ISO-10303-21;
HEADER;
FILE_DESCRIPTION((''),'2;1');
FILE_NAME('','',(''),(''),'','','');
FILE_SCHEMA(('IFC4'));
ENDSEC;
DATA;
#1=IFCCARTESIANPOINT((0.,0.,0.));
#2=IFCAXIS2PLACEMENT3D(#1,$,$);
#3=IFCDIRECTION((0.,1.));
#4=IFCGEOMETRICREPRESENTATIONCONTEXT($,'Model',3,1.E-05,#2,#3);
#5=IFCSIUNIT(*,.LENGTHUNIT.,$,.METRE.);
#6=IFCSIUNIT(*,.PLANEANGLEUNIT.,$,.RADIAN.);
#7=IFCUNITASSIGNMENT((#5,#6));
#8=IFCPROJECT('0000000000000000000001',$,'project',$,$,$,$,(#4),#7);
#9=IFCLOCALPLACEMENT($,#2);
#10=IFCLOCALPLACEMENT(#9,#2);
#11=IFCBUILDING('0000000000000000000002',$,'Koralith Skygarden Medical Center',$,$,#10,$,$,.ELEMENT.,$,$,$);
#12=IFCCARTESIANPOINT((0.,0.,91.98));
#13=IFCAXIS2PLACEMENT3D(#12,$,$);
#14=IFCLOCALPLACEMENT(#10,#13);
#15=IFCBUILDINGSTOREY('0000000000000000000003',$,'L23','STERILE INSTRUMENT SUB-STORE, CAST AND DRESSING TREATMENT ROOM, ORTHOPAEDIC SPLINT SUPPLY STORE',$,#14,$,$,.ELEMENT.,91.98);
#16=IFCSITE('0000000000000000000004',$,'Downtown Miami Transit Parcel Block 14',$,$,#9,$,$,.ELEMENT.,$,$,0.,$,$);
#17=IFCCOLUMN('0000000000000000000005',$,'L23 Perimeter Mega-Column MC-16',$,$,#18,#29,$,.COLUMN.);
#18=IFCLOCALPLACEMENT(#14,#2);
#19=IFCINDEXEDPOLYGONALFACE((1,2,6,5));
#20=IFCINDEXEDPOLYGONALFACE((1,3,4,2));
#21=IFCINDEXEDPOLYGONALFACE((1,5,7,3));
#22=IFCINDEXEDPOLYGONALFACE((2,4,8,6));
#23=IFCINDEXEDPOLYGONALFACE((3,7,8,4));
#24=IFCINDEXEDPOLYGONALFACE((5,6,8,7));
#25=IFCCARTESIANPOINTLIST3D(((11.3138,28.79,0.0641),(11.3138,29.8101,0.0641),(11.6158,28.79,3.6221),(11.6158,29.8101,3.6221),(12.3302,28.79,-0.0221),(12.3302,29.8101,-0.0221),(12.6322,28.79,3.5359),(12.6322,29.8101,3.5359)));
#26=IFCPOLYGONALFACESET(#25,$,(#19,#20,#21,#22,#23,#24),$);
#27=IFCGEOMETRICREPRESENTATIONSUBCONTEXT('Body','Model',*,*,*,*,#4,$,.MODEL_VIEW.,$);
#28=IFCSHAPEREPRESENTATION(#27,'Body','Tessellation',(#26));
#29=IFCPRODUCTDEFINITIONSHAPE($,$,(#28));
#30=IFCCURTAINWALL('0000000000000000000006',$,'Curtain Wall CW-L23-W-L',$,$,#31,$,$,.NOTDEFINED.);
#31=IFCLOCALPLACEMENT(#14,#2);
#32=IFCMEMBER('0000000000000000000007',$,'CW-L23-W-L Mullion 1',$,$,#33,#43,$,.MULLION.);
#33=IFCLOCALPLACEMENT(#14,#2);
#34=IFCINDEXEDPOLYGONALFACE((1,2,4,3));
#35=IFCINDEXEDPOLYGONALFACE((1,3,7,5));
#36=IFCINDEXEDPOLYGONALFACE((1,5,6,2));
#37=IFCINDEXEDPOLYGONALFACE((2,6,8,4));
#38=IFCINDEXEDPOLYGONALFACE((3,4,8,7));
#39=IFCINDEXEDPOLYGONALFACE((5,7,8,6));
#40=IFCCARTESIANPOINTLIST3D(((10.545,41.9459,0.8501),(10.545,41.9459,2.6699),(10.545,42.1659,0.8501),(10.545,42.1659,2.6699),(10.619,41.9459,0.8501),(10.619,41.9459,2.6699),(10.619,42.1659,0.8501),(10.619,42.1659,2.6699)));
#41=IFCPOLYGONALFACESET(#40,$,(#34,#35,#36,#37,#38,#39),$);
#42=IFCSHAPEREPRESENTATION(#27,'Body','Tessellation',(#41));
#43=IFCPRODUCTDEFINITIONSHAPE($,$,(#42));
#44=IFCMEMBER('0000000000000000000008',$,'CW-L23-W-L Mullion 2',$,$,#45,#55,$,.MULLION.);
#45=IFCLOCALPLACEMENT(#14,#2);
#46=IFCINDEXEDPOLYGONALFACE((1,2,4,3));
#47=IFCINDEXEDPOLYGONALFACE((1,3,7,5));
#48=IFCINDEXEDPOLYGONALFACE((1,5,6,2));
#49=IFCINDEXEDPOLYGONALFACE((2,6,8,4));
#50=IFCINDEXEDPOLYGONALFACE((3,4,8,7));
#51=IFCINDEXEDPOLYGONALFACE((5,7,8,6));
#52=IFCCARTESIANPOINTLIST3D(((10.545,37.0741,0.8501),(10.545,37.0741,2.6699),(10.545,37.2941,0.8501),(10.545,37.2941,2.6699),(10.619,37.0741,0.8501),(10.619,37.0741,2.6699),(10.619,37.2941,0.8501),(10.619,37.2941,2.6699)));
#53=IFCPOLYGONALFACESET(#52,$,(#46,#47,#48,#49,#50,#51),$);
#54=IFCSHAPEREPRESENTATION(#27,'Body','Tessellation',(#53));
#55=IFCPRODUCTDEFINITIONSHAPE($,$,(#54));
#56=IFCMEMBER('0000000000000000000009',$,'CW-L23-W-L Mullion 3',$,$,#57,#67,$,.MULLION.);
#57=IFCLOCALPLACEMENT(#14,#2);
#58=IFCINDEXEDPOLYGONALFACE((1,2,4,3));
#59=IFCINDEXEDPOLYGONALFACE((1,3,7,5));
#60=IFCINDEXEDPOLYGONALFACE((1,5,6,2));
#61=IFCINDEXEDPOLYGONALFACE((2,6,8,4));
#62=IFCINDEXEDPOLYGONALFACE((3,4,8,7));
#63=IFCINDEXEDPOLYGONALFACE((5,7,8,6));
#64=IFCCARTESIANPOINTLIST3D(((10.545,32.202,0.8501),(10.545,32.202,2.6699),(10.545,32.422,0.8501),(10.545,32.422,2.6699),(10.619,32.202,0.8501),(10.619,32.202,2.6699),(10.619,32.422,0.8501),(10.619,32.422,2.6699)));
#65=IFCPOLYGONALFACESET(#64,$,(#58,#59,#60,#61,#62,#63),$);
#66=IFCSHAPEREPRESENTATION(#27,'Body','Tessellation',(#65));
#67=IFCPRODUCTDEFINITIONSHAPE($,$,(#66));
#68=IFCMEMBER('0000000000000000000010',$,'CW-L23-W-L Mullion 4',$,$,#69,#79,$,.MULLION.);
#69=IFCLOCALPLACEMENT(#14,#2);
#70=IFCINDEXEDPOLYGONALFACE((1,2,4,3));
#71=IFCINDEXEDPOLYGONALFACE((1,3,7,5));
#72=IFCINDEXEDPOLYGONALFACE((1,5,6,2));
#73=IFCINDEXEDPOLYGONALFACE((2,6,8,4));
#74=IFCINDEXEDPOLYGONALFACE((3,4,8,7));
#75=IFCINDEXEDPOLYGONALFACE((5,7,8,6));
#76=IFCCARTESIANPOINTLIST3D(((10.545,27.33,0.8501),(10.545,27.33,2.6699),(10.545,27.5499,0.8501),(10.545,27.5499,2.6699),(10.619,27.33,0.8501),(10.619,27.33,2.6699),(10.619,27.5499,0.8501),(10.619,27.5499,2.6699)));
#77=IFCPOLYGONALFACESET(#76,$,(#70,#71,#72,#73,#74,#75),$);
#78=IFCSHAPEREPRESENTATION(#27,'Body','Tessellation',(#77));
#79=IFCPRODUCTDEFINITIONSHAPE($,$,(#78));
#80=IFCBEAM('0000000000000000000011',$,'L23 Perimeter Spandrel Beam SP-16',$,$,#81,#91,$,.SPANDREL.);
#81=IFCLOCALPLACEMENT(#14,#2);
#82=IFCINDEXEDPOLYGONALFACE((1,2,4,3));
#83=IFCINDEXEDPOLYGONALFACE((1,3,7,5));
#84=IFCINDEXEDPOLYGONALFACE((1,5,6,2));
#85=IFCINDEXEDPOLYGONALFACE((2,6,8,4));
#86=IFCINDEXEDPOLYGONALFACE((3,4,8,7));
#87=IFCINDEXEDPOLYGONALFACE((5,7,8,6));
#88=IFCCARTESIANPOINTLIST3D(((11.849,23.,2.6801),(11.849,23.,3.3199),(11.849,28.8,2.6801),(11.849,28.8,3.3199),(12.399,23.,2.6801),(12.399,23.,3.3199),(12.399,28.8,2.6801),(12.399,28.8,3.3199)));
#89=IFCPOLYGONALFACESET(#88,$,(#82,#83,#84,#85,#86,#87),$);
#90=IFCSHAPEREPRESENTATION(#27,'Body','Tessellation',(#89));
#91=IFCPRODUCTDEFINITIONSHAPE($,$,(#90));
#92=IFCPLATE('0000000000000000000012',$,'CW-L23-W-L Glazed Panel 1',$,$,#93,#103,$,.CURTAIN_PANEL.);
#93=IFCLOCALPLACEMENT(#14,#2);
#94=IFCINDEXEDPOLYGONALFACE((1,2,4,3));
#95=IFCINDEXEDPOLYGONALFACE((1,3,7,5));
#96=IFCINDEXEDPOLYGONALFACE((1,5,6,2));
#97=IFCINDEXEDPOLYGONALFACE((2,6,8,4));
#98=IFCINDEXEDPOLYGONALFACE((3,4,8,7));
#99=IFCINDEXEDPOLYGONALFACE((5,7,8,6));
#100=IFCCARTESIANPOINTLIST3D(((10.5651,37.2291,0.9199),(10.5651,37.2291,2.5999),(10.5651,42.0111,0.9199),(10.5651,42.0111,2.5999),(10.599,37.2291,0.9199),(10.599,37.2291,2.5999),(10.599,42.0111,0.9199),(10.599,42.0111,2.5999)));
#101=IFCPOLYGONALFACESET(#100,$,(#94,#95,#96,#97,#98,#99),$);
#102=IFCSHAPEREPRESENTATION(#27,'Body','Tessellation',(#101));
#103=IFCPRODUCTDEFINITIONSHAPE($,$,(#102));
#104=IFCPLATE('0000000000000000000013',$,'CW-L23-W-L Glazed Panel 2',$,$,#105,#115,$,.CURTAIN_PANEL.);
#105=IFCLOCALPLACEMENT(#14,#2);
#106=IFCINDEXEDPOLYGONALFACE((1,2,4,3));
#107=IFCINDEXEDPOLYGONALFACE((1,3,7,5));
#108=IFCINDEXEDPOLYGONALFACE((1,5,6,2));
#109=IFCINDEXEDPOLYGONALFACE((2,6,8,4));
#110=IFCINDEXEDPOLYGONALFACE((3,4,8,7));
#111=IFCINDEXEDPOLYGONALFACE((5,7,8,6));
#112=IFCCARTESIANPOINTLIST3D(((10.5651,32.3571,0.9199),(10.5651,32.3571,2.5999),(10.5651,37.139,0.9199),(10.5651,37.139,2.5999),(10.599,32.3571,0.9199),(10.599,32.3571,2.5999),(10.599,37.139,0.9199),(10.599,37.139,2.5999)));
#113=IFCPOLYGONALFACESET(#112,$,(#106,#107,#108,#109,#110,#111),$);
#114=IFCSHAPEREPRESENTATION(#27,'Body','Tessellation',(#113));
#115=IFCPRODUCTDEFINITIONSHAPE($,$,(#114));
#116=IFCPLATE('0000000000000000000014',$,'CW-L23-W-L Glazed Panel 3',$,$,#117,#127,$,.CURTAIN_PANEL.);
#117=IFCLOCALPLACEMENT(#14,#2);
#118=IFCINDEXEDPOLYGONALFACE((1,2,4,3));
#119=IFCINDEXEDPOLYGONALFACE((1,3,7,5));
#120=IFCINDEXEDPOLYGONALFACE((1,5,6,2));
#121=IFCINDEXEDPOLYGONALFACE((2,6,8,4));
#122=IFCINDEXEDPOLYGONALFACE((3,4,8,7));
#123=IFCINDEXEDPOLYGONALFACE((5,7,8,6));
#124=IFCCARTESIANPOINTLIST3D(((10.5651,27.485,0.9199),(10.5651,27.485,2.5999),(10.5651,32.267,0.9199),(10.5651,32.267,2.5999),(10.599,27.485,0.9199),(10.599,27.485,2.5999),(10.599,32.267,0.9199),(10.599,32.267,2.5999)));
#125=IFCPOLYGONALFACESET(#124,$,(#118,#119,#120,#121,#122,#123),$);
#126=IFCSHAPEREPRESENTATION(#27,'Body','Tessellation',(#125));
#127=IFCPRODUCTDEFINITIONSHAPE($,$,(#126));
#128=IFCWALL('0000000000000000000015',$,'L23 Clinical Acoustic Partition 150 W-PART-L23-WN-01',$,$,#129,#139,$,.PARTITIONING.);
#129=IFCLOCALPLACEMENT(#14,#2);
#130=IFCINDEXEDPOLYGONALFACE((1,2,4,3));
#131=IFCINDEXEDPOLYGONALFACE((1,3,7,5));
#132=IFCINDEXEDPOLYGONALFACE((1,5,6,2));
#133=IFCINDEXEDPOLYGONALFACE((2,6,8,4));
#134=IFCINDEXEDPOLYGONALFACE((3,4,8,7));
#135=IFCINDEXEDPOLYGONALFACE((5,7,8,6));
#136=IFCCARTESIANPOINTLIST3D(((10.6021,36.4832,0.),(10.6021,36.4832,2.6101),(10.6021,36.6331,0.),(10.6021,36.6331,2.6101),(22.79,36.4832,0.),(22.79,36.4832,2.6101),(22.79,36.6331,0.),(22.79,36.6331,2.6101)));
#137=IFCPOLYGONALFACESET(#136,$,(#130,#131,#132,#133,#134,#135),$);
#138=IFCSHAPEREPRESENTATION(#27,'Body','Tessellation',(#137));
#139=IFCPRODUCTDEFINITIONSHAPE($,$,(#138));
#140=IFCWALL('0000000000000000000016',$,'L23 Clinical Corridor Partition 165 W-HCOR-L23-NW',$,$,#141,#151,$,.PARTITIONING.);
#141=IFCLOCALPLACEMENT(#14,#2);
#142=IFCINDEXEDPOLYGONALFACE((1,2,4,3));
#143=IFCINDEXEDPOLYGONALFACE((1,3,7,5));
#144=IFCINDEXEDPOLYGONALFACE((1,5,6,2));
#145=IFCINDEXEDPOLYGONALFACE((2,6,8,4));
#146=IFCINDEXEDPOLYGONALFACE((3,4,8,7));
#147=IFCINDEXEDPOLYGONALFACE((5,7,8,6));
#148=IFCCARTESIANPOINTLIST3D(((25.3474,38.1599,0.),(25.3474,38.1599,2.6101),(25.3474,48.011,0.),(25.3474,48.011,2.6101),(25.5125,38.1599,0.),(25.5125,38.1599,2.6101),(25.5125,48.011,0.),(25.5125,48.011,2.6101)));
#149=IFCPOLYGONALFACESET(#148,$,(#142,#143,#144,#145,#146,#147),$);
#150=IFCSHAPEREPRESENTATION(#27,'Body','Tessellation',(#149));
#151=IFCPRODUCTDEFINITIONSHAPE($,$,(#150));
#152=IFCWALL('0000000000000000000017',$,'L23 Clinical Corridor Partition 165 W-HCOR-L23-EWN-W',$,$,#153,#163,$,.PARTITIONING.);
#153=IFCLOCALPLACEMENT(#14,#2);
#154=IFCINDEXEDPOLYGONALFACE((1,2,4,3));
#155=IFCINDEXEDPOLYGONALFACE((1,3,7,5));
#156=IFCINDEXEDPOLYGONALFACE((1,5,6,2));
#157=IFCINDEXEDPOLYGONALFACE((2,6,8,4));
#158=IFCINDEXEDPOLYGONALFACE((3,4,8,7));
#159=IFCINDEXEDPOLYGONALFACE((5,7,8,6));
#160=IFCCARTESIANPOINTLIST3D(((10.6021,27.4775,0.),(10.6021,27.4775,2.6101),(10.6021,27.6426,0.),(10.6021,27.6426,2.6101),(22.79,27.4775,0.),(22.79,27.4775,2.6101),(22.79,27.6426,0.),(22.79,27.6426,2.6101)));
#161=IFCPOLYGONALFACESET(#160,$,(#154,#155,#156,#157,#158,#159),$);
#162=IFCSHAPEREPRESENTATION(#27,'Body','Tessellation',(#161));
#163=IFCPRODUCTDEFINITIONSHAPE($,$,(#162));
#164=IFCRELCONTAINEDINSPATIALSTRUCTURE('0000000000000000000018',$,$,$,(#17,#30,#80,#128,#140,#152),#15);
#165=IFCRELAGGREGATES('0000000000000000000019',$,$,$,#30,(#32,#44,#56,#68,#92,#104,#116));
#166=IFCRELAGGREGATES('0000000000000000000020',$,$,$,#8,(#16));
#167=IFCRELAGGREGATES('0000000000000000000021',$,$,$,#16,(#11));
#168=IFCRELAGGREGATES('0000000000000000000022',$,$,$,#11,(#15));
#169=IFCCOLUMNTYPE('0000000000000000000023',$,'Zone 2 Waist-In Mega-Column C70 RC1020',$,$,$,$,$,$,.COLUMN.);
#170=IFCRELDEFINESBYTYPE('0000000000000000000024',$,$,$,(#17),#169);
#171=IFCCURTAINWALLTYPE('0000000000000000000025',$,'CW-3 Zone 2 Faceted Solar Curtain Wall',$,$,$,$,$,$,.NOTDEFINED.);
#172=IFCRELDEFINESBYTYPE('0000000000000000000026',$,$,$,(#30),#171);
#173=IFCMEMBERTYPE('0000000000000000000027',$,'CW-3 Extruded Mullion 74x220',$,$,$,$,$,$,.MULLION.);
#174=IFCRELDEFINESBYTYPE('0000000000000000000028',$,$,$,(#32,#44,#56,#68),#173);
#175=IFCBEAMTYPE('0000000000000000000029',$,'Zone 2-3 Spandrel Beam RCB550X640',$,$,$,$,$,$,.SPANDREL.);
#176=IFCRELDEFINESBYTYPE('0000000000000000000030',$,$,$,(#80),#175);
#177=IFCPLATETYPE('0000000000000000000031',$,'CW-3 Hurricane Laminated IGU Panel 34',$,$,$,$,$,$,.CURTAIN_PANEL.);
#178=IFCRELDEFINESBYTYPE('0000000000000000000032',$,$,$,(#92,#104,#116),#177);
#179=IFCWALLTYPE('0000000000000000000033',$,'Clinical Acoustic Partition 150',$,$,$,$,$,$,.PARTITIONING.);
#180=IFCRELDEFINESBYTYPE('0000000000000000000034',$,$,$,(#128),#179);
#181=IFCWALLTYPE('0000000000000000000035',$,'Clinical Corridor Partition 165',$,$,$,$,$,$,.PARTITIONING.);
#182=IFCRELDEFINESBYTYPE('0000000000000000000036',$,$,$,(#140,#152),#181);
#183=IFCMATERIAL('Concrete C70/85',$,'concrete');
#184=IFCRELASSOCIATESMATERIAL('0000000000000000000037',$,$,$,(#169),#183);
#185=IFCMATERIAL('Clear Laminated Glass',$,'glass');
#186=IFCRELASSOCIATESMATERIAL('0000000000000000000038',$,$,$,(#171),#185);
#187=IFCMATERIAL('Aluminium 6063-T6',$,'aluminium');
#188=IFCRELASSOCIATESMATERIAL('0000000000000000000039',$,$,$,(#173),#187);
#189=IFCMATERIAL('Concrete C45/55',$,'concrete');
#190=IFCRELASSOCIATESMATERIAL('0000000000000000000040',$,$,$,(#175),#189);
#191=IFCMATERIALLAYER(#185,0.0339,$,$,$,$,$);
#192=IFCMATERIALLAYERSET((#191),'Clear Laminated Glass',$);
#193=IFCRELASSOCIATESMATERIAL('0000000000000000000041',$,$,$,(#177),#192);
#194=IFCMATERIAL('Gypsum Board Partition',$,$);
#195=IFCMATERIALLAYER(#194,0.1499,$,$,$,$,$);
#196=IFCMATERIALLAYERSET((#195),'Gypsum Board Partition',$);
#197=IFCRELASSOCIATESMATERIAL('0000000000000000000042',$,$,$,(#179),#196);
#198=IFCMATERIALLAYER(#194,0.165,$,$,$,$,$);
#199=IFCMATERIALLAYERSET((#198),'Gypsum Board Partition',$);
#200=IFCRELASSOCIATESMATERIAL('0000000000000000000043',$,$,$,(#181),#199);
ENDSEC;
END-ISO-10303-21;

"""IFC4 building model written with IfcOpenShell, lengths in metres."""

from ifc_helpers import new_model, si_unit, direction, frame, frame_2d, origin, origin_2d, place, context, subcontext, project, spatial, rectangle, extrude, material, layer, layer_set, material_profile, profile_set, type_object, element, aggregate, save


model = new_model("IFC4")

# Units and contexts
model_context = context("Model", 3, precision=1e-05, world=origin(), true_north=direction((0.0, 1.0)))
body_context = subcontext(model_context, "Body", "Model", "MODEL_VIEW")
ifc_project = project(units=[si_unit("LENGTHUNIT", "METRE"), si_unit("PLANEANGLEUNIT", "RADIAN")], contexts=[model_context])

# Site, building, storey
site_placement = place(None, origin())
site = spatial("IfcSite", under=ifc_project, at=site_placement, Name="Downtown Miami Transit Parcel Block 14", CompositionType="ELEMENT", RefElevation=0.0)
building_placement = place(site_placement, origin())
building = spatial("IfcBuilding", under=site, at=building_placement, Name="Koralith Skygarden Medical Center", CompositionType="ELEMENT")
storey_placement = place(building_placement, frame((0.0, 0.0, 91.98)))
storey = spatial("IfcBuildingStorey", under=building, at=storey_placement, Name="L23", Description="STERILE INSTRUMENT SUB-STORE, CAST AND DRESSING TREATMENT ROOM, ORTHOPAEDIC SPLINT SUPPLY STORE", CompositionType="ELEMENT", Elevation=91.98)

# Column
ifc_material_1 = material(Name="Concrete C70/85", Category="concrete")
ifc_material_profile_1 = material_profile(ifc_material_1, rectangle(XDim=1.02, YDim=1.02, at=origin_2d()), Name="RC1020X1020")
ifc_profile_set_1 = profile_set([ifc_material_profile_1], Name="Concrete C70/85")
column_type = type_object("IfcColumnType", Name="Zone 2 Waist-In Mega-Column C70 RC1020", PredefinedType="COLUMN", material=ifc_profile_set_1)
column_placement = place(storey_placement, frame((11.822, 29.3, 0.021), z_axis=(0.084573, 0.0, 0.996417), x_axis=(0.0, 1.0, 0.0)))
element("IfcColumn", 1, at=column_placement, inside=storey, type_object=column_type, Name="L23 Perimeter Mega-Column MC-16", PredefinedType="COLUMN", context=body_context, shape_type="SweptSolid", body=[
    extrude(rectangle(XDim=1.02, YDim=1.02, at=origin_2d()), origin(), (0.0, 0.0, 1.0), 3.5708),
])

# Curtain wall, members
ifc_material_2 = material(Name="Clear Laminated Glass", Category="glass")
curtain_wall_type = type_object("IfcCurtainWallType", Name="CW-3 Zone 2 Faceted Solar Curtain Wall", PredefinedType="NOTDEFINED", material=ifc_material_2)
curtain_wall_placement = place(storey_placement, origin())
curtain_wall = element("IfcCurtainWall", 2, at=curtain_wall_placement, inside=storey, type_object=curtain_wall_type, Name="Curtain Wall CW-L23-W-L", PredefinedType="NOTDEFINED")
ifc_material_3 = material(Name="Aluminium 6063-T6", Category="aluminium")
ifc_material_profile_2 = material_profile(ifc_material_3, rectangle(XDim=0.074, YDim=0.22, at=origin_2d()), Name="MUL74X220")
ifc_profile_set_2 = profile_set([ifc_material_profile_2], Name="Aluminium 6063-T6")
member_type = type_object("IfcMemberType", Name="CW-3 Extruded Mullion 74x220", PredefinedType="MULLION", material=ifc_profile_set_2)
member_1_placement = place(storey_placement, frame((10.582, 42.0559, 0.8501), z_axis=(0.0, 0.0, 1.0), x_axis=(1.0, 0.0, 0.0)))
member_1 = element("IfcMember", 3, at=member_1_placement, type_object=member_type, Name="CW-L23-W-L Mullion 1", PredefinedType="MULLION", context=body_context, shape_type="SweptSolid", body=[
    extrude(rectangle(XDim=0.074, YDim=0.22, at=origin_2d()), origin(), (0.0, 0.0, 1.0), 1.8198),
])
member_2_placement = place(storey_placement, frame((10.582, 37.1841, 0.8501), z_axis=(0.0, 0.0, 1.0), x_axis=(1.0, 0.0, 0.0)))
member_2 = element("IfcMember", 4, at=member_2_placement, type_object=member_type, Name="CW-L23-W-L Mullion 2", PredefinedType="MULLION", context=body_context, shape_type="SweptSolid", body=[
    extrude(rectangle(XDim=0.074, YDim=0.22, at=origin_2d()), origin(), (0.0, 0.0, 1.0), 1.8198),
])
member_3_placement = place(storey_placement, frame((10.582, 32.312, 0.8501), z_axis=(0.0, 0.0, 1.0), x_axis=(1.0, 0.0, 0.0)))
member_3 = element("IfcMember", 5, at=member_3_placement, type_object=member_type, Name="CW-L23-W-L Mullion 3", PredefinedType="MULLION", context=body_context, shape_type="SweptSolid", body=[
    extrude(rectangle(XDim=0.074, YDim=0.22, at=origin_2d()), origin(), (0.0, 0.0, 1.0), 1.8198),
])
member_4_placement = place(storey_placement, frame((10.582, 27.4399, 0.8501), z_axis=(0.0, 0.0, 1.0), x_axis=(1.0, 0.0, 0.0)))
member_4 = element("IfcMember", 6, at=member_4_placement, type_object=member_type, Name="CW-L23-W-L Mullion 4", PredefinedType="MULLION", context=body_context, shape_type="SweptSolid", body=[
    extrude(rectangle(XDim=0.074, YDim=0.22, at=origin_2d()), origin(), (0.0, 0.0, 1.0), 1.8198),
])

# Beam
ifc_material_4 = material(Name="Concrete C45/55", Category="concrete")
ifc_material_profile_3 = material_profile(ifc_material_4, rectangle(XDim=0.55, YDim=0.6399, at=origin_2d()), Name="RCB550X640")
ifc_profile_set_3 = profile_set([ifc_material_profile_3], Name="Concrete C45/55")
beam_type = type_object("IfcBeamType", Name="Zone 2-3 Spandrel Beam RCB550X640", PredefinedType="SPANDREL", material=ifc_profile_set_3)
beam_placement = place(storey_placement, frame((12.124, 28.8, 3.0), z_axis=(0.0, -1.0, 0.0), x_axis=(1.0, 0.0, 0.0)))
element("IfcBeam", 7, at=beam_placement, inside=storey, type_object=beam_type, Name="L23 Perimeter Spandrel Beam SP-16", PredefinedType="SPANDREL", context=body_context, shape_type="SweptSolid", body=[
    extrude(rectangle(XDim=0.55, YDim=0.6399, at=origin_2d()), origin(), (0.0, 0.0, 1.0), 5.8),
])

# Plates
ifc_layer_1 = layer(ifc_material_2, 0.0339)
ifc_layer_set_1 = layer_set([ifc_layer_1], Name="Clear Laminated Glass")
plate_type = type_object("IfcPlateType", Name="CW-3 Hurricane Laminated IGU Panel 34", PredefinedType="CURTAIN_PANEL", material=ifc_layer_set_1)
plate_1_placement = place(storey_placement, frame((10.582, 39.6201, 0.9199), z_axis=(0.0, 0.0, 1.0), x_axis=(0.0, -1.0, 0.0)))
plate_1 = element("IfcPlate", 8, at=plate_1_placement, type_object=plate_type, Name="CW-L23-W-L Glazed Panel 1", PredefinedType="CURTAIN_PANEL", context=body_context, shape_type="SweptSolid", body=[
    extrude(rectangle(XDim=4.782, YDim=0.0339, at=origin_2d()), origin(), (0.0, 0.0, 1.0), 1.6799),
])
plate_2_placement = place(storey_placement, frame((10.582, 34.748, 0.9199), z_axis=(0.0, 0.0, 1.0), x_axis=(0.0, -1.0, 0.0)))
plate_2 = element("IfcPlate", 9, at=plate_2_placement, type_object=plate_type, Name="CW-L23-W-L Glazed Panel 2", PredefinedType="CURTAIN_PANEL", context=body_context, shape_type="SweptSolid", body=[
    extrude(rectangle(XDim=4.782, YDim=0.0339, at=origin_2d()), origin(), (0.0, 0.0, 1.0), 1.6799),
])
plate_3_placement = place(storey_placement, frame((10.582, 29.876, 0.9199), z_axis=(0.0, 0.0, 1.0), x_axis=(0.0, -1.0, 0.0)))
plate_3 = element("IfcPlate", 10, at=plate_3_placement, type_object=plate_type, Name="CW-L23-W-L Glazed Panel 3", PredefinedType="CURTAIN_PANEL", context=body_context, shape_type="SweptSolid", body=[
    extrude(rectangle(XDim=4.782, YDim=0.0339, at=origin_2d()), origin(), (0.0, 0.0, 1.0), 1.6799),
])
aggregate(curtain_wall, [member_1, member_2, member_3, member_4, plate_1, plate_2, plate_3])

# Walls
ifc_material_5 = material(Name="Gypsum Board Partition")
ifc_layer_2 = layer(ifc_material_5, 0.1499)
ifc_layer_set_2 = layer_set([ifc_layer_2], Name="Gypsum Board Partition")
wall_type_1 = type_object("IfcWallType", Name="Clinical Acoustic Partition 150", PredefinedType="PARTITIONING", material=ifc_layer_set_2)
wall_1_placement = place(storey_placement, frame((22.79, 36.5581, 0.0), z_axis=(0.0, 0.0, 1.0), x_axis=(-1.0, 0.0, 0.0)))
element("IfcWall", 11, at=wall_1_placement, inside=storey, type_object=wall_type_1, Name="L23 Clinical Acoustic Partition 150 W-PART-L23-WN-01", PredefinedType="PARTITIONING", context=body_context, shape_type="SweptSolid", body=[
    extrude(rectangle(XDim=12.188, YDim=0.1499, at=frame_2d((6.094, 0.0))), origin(), (0.0, 0.0, 1.0), 2.6101),
])
ifc_layer_3 = layer(ifc_material_5, 0.165)
ifc_layer_set_3 = layer_set([ifc_layer_3], Name="Gypsum Board Partition")
wall_type_2 = type_object("IfcWallType", Name="Clinical Corridor Partition 165", PredefinedType="PARTITIONING", material=ifc_layer_set_3)
wall_2_placement = place(storey_placement, frame((25.4299, 38.1599, 0.0), z_axis=(0.0, 0.0, 1.0), x_axis=(0.0, 1.0, 0.0)))
element("IfcWall", 12, at=wall_2_placement, inside=storey, type_object=wall_type_2, Name="L23 Clinical Corridor Partition 165 W-HCOR-L23-NW", PredefinedType="PARTITIONING", context=body_context, shape_type="SweptSolid", body=[
    extrude(rectangle(XDim=9.8511, YDim=0.165, at=frame_2d((4.9255, 0.0))), origin(), (0.0, 0.0, 1.0), 2.6101),
])
wall_3_placement = place(storey_placement, frame((10.6021, 27.5601, 0.0), z_axis=(0.0, 0.0, 1.0), x_axis=(1.0, 0.0, 0.0)))
element("IfcWall", 13, at=wall_3_placement, inside=storey, type_object=wall_type_2, Name="L23 Clinical Corridor Partition 165 W-HCOR-L23-EWN-W", PredefinedType="PARTITIONING", context=body_context, shape_type="SweptSolid", body=[
    extrude(rectangle(XDim=12.188, YDim=0.165, at=frame_2d((6.094, 0.0))), origin(), (0.0, 0.0, 1.0), 2.6101),
])

save(model, "model.ifc")
